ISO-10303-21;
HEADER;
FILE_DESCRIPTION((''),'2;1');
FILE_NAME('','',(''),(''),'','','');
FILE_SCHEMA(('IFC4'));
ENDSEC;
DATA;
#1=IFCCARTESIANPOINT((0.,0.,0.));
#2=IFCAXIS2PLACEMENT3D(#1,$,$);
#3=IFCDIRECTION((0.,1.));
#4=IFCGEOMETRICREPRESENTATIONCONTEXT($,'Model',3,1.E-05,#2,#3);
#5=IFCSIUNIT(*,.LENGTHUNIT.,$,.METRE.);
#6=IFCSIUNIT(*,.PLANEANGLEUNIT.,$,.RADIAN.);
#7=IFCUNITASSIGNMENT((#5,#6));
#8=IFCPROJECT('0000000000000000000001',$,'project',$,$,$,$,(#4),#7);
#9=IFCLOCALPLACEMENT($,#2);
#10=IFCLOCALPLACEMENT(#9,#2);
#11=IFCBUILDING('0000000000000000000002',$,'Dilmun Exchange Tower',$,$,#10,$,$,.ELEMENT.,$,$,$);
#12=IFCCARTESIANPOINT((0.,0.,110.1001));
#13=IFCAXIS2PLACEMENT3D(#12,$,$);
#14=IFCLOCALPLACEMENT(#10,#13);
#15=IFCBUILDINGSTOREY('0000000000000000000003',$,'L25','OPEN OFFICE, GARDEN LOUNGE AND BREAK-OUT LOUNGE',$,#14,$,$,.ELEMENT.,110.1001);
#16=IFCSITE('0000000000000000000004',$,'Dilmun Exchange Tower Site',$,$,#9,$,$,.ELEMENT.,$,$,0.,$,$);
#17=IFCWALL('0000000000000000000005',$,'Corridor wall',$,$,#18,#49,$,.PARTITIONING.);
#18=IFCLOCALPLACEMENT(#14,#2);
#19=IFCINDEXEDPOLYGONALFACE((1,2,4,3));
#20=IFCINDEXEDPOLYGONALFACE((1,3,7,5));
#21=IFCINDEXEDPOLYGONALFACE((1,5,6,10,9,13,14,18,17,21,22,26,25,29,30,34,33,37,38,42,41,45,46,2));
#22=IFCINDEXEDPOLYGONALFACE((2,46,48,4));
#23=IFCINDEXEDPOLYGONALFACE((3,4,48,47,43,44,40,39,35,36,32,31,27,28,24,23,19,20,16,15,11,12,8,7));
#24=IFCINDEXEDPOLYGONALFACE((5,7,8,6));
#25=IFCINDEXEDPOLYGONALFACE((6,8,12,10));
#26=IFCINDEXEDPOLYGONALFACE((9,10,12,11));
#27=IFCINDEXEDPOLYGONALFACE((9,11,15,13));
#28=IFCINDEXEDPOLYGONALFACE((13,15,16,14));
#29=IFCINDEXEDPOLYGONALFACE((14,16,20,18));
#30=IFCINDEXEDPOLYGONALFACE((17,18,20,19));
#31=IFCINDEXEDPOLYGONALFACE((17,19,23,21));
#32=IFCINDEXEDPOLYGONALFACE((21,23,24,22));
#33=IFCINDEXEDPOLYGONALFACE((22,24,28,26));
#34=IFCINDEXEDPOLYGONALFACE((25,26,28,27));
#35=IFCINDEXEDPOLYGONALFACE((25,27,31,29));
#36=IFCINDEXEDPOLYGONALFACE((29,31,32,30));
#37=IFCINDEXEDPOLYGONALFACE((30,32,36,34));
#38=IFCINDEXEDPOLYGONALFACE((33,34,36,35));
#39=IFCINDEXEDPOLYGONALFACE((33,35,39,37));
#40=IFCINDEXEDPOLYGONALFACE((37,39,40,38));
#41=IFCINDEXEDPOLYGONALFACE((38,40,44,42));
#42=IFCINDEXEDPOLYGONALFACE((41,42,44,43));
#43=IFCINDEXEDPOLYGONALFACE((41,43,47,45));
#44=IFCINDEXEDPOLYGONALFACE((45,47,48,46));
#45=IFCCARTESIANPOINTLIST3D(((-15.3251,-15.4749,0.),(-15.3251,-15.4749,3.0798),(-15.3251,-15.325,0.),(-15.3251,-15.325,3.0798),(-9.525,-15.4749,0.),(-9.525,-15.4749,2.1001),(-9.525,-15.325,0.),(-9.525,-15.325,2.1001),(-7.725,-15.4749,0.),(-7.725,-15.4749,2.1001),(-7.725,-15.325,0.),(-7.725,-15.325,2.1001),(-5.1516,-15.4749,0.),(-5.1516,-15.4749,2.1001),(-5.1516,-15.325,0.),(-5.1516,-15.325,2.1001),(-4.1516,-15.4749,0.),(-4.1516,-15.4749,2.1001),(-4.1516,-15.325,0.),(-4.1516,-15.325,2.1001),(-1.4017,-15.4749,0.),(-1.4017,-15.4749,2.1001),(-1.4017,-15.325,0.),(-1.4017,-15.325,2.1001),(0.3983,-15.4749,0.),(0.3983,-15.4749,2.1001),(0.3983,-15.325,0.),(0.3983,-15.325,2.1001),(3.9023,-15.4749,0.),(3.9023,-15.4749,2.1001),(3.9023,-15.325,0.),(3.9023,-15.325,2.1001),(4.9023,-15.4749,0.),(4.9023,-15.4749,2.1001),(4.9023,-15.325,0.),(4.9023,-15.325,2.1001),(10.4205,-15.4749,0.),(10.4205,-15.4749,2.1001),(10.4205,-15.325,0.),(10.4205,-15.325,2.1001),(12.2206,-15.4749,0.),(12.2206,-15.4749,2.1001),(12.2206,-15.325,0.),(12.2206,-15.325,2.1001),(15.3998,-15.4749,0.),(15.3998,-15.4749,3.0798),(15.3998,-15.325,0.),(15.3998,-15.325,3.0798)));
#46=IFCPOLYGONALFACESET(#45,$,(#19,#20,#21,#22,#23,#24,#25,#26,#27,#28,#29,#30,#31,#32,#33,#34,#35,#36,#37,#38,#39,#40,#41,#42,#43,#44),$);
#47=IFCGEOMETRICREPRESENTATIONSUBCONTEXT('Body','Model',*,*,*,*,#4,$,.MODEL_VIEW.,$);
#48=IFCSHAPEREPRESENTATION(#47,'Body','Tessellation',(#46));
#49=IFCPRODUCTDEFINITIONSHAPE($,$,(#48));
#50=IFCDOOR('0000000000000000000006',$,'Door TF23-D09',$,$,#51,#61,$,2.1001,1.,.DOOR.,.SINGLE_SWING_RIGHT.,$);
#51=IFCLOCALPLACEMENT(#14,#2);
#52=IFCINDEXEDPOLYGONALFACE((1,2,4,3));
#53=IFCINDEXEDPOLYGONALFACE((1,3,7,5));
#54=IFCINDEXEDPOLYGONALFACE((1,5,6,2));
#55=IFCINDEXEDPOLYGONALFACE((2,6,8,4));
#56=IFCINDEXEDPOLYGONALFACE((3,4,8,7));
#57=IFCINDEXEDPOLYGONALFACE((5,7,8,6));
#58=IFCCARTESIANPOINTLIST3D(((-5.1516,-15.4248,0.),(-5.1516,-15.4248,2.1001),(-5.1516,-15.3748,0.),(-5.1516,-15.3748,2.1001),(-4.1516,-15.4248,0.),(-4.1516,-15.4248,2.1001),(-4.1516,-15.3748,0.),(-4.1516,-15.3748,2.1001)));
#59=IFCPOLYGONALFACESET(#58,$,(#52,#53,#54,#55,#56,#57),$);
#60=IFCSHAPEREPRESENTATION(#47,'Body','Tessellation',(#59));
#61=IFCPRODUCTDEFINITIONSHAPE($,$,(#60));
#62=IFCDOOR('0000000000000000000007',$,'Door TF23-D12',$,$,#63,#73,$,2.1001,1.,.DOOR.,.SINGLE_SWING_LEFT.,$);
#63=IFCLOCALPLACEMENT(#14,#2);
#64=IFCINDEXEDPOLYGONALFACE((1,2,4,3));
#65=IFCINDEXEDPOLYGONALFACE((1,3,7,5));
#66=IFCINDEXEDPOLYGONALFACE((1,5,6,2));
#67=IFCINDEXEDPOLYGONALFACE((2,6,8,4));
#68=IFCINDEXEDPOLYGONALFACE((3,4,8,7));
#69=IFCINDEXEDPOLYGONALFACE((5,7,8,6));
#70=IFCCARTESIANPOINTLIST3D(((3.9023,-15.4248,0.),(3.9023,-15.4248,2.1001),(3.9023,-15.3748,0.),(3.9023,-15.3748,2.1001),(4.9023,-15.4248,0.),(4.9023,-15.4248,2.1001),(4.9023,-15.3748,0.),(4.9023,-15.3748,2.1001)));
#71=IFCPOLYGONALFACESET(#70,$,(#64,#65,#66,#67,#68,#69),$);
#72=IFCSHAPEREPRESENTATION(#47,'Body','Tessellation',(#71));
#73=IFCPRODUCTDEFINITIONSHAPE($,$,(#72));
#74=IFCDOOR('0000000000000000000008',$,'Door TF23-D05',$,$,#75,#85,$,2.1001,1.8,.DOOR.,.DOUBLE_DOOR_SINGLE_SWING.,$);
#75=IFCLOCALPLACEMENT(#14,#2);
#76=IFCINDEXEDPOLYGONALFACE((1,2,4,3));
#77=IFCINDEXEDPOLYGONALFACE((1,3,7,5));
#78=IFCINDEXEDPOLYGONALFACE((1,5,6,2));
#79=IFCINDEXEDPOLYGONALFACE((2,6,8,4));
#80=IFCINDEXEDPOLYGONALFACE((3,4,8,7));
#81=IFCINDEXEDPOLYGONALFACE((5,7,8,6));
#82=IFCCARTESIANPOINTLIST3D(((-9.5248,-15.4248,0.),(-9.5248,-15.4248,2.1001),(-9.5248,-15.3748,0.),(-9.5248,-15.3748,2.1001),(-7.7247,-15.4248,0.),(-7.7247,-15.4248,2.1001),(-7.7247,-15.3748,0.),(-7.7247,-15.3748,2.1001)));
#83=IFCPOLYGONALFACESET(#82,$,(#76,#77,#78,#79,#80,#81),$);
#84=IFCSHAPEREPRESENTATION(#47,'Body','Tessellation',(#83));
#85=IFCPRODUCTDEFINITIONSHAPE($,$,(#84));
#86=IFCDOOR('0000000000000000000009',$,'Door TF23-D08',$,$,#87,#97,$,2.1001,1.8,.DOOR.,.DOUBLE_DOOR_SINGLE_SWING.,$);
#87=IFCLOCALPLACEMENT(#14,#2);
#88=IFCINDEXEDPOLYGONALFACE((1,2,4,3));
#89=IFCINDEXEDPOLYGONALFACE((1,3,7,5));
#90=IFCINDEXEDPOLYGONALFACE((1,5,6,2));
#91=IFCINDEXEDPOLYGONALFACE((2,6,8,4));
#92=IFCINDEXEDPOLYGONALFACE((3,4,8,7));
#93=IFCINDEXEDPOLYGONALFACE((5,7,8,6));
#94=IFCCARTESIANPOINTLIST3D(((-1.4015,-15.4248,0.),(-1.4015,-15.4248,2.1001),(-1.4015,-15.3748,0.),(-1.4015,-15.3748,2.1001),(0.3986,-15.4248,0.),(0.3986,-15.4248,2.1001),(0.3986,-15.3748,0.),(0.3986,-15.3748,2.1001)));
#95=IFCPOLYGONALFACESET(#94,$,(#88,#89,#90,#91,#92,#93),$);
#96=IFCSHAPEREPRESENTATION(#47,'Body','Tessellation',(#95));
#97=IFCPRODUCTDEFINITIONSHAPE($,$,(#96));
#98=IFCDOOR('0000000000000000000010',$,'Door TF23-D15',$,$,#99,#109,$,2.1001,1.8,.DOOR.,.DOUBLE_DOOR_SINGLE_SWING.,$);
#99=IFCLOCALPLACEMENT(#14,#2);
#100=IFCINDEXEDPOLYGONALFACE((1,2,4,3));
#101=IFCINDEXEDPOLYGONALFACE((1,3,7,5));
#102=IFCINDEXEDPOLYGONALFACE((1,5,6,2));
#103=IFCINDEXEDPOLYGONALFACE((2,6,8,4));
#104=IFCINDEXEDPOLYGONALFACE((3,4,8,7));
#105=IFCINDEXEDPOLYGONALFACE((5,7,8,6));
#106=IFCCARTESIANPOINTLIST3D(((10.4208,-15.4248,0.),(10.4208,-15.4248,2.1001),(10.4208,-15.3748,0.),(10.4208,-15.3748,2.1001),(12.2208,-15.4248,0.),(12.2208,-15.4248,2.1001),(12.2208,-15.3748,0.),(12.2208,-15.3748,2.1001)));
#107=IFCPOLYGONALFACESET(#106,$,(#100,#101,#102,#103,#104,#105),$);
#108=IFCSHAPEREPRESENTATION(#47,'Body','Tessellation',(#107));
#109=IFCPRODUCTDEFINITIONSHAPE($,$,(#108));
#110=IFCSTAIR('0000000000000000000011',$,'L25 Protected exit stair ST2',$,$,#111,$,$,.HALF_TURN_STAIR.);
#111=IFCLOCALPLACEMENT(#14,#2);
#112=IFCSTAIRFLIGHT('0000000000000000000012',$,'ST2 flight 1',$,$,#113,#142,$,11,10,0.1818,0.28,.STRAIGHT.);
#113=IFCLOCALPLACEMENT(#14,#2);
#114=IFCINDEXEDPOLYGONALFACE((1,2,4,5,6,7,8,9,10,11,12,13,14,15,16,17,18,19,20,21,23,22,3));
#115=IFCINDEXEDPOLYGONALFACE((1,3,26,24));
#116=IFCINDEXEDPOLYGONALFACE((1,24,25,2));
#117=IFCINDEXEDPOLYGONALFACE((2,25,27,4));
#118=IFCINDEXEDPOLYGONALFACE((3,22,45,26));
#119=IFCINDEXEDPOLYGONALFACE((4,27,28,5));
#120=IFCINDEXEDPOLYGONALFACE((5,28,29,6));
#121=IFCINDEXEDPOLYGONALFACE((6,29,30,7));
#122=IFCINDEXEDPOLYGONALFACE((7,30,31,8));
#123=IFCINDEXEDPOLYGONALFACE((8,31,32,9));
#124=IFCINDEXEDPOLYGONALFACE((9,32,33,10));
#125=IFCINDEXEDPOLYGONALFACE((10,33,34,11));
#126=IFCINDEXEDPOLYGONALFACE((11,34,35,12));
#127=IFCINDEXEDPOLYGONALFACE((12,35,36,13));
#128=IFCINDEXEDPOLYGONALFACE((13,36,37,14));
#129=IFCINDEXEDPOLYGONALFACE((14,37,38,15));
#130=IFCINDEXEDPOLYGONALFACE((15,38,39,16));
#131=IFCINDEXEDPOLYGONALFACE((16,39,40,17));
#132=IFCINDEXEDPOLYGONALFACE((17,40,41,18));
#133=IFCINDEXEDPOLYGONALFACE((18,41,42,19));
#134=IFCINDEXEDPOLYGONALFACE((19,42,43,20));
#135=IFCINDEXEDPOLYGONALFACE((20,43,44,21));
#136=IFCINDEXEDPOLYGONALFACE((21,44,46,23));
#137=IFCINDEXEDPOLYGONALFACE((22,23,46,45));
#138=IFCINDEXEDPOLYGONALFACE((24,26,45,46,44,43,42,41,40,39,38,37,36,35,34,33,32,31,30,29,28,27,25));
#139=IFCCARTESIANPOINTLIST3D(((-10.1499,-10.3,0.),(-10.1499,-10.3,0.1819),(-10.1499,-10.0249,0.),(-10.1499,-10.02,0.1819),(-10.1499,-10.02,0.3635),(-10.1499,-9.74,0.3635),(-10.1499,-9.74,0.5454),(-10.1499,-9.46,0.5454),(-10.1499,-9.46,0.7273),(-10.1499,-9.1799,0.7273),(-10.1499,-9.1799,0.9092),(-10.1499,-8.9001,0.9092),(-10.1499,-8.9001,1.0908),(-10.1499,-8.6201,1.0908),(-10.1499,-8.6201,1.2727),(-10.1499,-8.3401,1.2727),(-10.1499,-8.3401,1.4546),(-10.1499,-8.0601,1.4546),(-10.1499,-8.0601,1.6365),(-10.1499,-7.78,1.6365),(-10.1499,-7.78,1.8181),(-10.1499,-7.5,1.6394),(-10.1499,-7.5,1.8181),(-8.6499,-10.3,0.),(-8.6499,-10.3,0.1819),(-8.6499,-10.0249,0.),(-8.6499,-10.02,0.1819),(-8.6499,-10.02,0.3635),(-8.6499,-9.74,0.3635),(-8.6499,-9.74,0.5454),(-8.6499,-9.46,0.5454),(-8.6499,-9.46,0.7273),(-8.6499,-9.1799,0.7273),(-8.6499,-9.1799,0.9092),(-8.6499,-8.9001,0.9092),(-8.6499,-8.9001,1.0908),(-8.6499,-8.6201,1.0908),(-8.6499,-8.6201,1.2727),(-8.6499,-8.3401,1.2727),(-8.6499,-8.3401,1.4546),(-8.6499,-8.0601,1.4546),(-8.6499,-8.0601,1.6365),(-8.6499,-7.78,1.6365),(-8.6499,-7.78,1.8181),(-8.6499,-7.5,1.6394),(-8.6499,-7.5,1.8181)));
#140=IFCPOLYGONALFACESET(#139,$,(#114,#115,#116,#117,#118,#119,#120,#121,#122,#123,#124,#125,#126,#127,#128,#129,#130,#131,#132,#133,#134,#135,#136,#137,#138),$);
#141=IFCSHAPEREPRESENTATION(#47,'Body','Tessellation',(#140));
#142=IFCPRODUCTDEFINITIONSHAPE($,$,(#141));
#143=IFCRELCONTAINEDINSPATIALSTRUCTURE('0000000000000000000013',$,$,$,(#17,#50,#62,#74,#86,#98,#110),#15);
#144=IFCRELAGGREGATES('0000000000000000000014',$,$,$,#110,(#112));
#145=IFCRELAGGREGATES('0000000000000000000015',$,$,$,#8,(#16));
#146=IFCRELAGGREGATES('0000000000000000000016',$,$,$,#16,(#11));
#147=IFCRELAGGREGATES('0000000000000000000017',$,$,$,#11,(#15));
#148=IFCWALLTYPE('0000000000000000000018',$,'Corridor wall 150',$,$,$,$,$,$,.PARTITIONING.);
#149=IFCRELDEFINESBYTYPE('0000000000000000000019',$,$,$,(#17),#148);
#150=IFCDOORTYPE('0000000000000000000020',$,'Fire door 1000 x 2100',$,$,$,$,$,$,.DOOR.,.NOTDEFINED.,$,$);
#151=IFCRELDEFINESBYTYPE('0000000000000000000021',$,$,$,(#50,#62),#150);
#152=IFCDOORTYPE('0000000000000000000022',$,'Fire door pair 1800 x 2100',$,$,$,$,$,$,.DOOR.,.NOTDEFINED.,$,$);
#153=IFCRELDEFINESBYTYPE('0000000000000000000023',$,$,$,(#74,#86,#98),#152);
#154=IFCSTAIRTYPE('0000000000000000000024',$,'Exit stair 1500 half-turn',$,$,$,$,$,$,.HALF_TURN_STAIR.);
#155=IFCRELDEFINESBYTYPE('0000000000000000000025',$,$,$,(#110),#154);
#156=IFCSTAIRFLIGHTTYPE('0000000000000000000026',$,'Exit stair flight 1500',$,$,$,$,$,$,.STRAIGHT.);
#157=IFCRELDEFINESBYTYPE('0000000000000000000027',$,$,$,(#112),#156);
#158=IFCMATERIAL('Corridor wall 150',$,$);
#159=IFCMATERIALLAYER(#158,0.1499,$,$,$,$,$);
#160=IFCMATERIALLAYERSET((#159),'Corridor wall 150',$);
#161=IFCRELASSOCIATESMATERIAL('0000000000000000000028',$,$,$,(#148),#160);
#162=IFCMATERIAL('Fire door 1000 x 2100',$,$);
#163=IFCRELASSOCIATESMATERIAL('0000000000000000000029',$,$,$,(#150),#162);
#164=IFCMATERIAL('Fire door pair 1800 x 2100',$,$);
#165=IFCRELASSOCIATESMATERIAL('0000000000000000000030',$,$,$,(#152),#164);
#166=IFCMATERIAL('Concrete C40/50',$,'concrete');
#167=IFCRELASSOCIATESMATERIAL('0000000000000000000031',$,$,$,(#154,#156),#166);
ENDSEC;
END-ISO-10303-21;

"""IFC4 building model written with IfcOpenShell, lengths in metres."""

from ifc_helpers import new_model, si_unit, direction, frame, frame_2d, origin, place, context, subcontext, project, spatial, polyline, rectangle, outline, extrude, material, layer, layer_set, type_object, element, fill, aggregate, save


model = new_model("IFC4")

# Units and contexts
model_context = context("Model", 3, precision=1e-05, world=origin(), true_north=direction((0.0, 1.0)))
body_context = subcontext(model_context, "Body", "Model", "MODEL_VIEW")
ifc_project = project(units=[si_unit("LENGTHUNIT", "METRE"), si_unit("PLANEANGLEUNIT", "RADIAN")], contexts=[model_context])

# Site, building, storey
site_placement = place(None, origin())
site = spatial("IfcSite", under=ifc_project, at=site_placement, Name="Dilmun Exchange Tower Site", CompositionType="ELEMENT", RefElevation=0.0)
building_placement = place(site_placement, origin())
building = spatial("IfcBuilding", under=site, at=building_placement, Name="Dilmun Exchange Tower", CompositionType="ELEMENT")
storey_placement = place(building_placement, frame((0.0, 0.0, 110.1001)))
storey = spatial("IfcBuildingStorey", under=building, at=storey_placement, Name="L25", Description="OPEN OFFICE, GARDEN LOUNGE AND BREAK-OUT LOUNGE", CompositionType="ELEMENT", Elevation=110.1001)

# Shared definitions
ifc_material_1 = material(Name="Concrete C40/50", Category="concrete")

# Wall, openings, doors
ifc_material_2 = material(Name="Corridor wall 150")
ifc_layer_1 = layer(ifc_material_2, 0.1499)
ifc_layer_set_1 = layer_set([ifc_layer_1], Name="Corridor wall 150")
wall_type_1 = type_object("IfcWallType", Name="Corridor wall 150", PredefinedType="PARTITIONING", material=ifc_layer_set_1)
wall_1_placement = place(storey_placement, frame((-15.325, -15.3999, 0.0), z_axis=(0.0, 0.0, 1.0), x_axis=(1.0, 0.0, 0.0)))
wall_1 = element("IfcWall", 1, at=wall_1_placement, inside=storey, type_object=wall_type_1, Name="Corridor wall", PredefinedType="PARTITIONING", context=body_context, shape_type="SweptSolid", body=[
    extrude(rectangle(XDim=30.7249, YDim=0.1499, at=frame_2d((15.3623, 0.0))), origin(), (0.0, 0.0, 1.0), 3.0798),
])
opening_1_placement = place(wall_1_placement, frame((5.8, 0.0, 0.0)))
opening_1 = element("IfcOpeningElement", 2, at=opening_1_placement, cuts=wall_1, PredefinedType="OPENING", context=body_context, shape_type="SweptSolid", body=[
    extrude(rectangle(XDim=1.8, YDim=2.1001, at=frame_2d((0.8999, 1.05))), frame((0.0, 0.085, 0.0), z_axis=(0.0, -1.0, 0.0), x_axis=(1.0, 0.0, 0.0)), (0.0, 0.0, 1.0), 0.1699),
])
opening_2_placement = place(wall_1_placement, frame((13.9233, 0.0, 0.0)))
opening_2 = element("IfcOpeningElement", 3, at=opening_2_placement, cuts=wall_1, PredefinedType="OPENING", context=body_context, shape_type="SweptSolid", body=[
    extrude(rectangle(XDim=1.8, YDim=2.1001, at=frame_2d((0.8999, 1.05))), frame((0.0, 0.085, 0.0), z_axis=(0.0, -1.0, 0.0), x_axis=(1.0, 0.0, 0.0)), (0.0, 0.0, 1.0), 0.1699),
])
opening_3_placement = place(wall_1_placement, frame((10.1733, 0.0, 0.0)))
opening_3 = element("IfcOpeningElement", 4, at=opening_3_placement, cuts=wall_1, PredefinedType="OPENING", context=body_context, shape_type="SweptSolid", body=[
    extrude(rectangle(XDim=1.0, YDim=2.1001, at=frame_2d((0.5, 1.05))), frame((0.0, 0.085, 0.0), z_axis=(0.0, -1.0, 0.0), x_axis=(1.0, 0.0, 0.0)), (0.0, 0.0, 1.0), 0.1699),
])
opening_4_placement = place(wall_1_placement, frame((19.2273, 0.0, 0.0)))
opening_4 = element("IfcOpeningElement", 5, at=opening_4_placement, cuts=wall_1, PredefinedType="OPENING", context=body_context, shape_type="SweptSolid", body=[
    extrude(rectangle(XDim=1.0, YDim=2.1001, at=frame_2d((0.5, 1.05))), frame((0.0, 0.085, 0.0), z_axis=(0.0, -1.0, 0.0), x_axis=(1.0, 0.0, 0.0)), (0.0, 0.0, 1.0), 0.1699),
])
opening_5_placement = place(wall_1_placement, frame((25.7456, 0.0, 0.0)))
opening_5 = element("IfcOpeningElement", 6, at=opening_5_placement, cuts=wall_1, PredefinedType="OPENING", context=body_context, shape_type="SweptSolid", body=[
    extrude(rectangle(XDim=1.8, YDim=2.1001, at=frame_2d((0.8999, 1.05))), frame((0.0, 0.085, 0.0), z_axis=(0.0, -1.0, 0.0), x_axis=(1.0, 0.0, 0.0)), (0.0, 0.0, 1.0), 0.1699),
])
ifc_material_3 = material(Name="Fire door 1000 x 2100")
door_type_1 = type_object("IfcDoorType", Name="Fire door 1000 x 2100", OperationType="NOTDEFINED", PredefinedType="DOOR", material=ifc_material_3)
door_1_placement = place(opening_3_placement, frame((1.0, 0.0, 0.0), z_axis=(0.0, 0.0, 1.0), x_axis=(-1.0, 0.0, 0.0)))
door_1 = element("IfcDoor", 7, at=door_1_placement, inside=storey, type_object=door_type_1, Name="Door TF23-D09", OperationType="SINGLE_SWING_RIGHT", OverallHeight=2.1001, OverallWidth=1.0, PredefinedType="DOOR", context=body_context, shape_type="SweptSolid", body=[
    extrude(rectangle(XDim=1.0, YDim=2.1001, at=frame_2d((0.5, 1.05))), frame((0.0, 0.0249, 0.0), z_axis=(0.0, -1.0, 0.0), x_axis=(1.0, 0.0, 0.0)), (0.0, 0.0, 1.0), 0.05),
])
fill(opening_3, door_1)
door_2_placement = place(opening_4_placement, frame((1.0, 0.0, 0.0), z_axis=(0.0, 0.0, 1.0), x_axis=(-1.0, 0.0, 0.0)))
door_2 = element("IfcDoor", 8, at=door_2_placement, inside=storey, type_object=door_type_1, Name="Door TF23-D12", OperationType="SINGLE_SWING_LEFT", OverallHeight=2.1001, OverallWidth=1.0, PredefinedType="DOOR", context=body_context, shape_type="SweptSolid", body=[
    extrude(rectangle(XDim=1.0, YDim=2.1001, at=frame_2d((0.5, 1.05))), frame((0.0, 0.0249, 0.0), z_axis=(0.0, -1.0, 0.0), x_axis=(1.0, 0.0, 0.0)), (0.0, 0.0, 1.0), 0.05),
])
fill(opening_4, door_2)
ifc_material_4 = material(Name="Fire door pair 1800 x 2100")
door_type_2 = type_object("IfcDoorType", Name="Fire door pair 1800 x 2100", OperationType="NOTDEFINED", PredefinedType="DOOR", material=ifc_material_4)
door_3_placement = place(opening_1_placement, frame((1.8, 0.0, 0.0), z_axis=(0.0, 0.0, 1.0), x_axis=(-1.0, 0.0, 0.0)))
door_3 = element("IfcDoor", 9, at=door_3_placement, inside=storey, type_object=door_type_2, Name="Door TF23-D05", OperationType="DOUBLE_DOOR_SINGLE_SWING", OverallHeight=2.1001, OverallWidth=1.8, PredefinedType="DOOR", context=body_context, shape_type="SweptSolid", body=[
    extrude(rectangle(XDim=1.8, YDim=2.1001, at=frame_2d((0.8999, 1.05))), frame((0.0, 0.0249, 0.0), z_axis=(0.0, -1.0, 0.0), x_axis=(1.0, 0.0, 0.0)), (0.0, 0.0, 1.0), 0.05),
])
fill(opening_1, door_3)
door_4_placement = place(opening_2_placement, frame((1.8, 0.0, 0.0), z_axis=(0.0, 0.0, 1.0), x_axis=(-1.0, 0.0, 0.0)))
door_4 = element("IfcDoor", 10, at=door_4_placement, inside=storey, type_object=door_type_2, Name="Door TF23-D08", OperationType="DOUBLE_DOOR_SINGLE_SWING", OverallHeight=2.1001, OverallWidth=1.8, PredefinedType="DOOR", context=body_context, shape_type="SweptSolid", body=[
    extrude(rectangle(XDim=1.8, YDim=2.1001, at=frame_2d((0.8999, 1.05))), frame((0.0, 0.0249, 0.0), z_axis=(0.0, -1.0, 0.0), x_axis=(1.0, 0.0, 0.0)), (0.0, 0.0, 1.0), 0.05),
])
fill(opening_2, door_4)
door_5_placement = place(opening_5_placement, frame((1.8, 0.0, 0.0), z_axis=(0.0, 0.0, 1.0), x_axis=(-1.0, 0.0, 0.0)))
door_5 = element("IfcDoor", 11, at=door_5_placement, inside=storey, type_object=door_type_2, Name="Door TF23-D15", OperationType="DOUBLE_DOOR_SINGLE_SWING", OverallHeight=2.1001, OverallWidth=1.8, PredefinedType="DOOR", context=body_context, shape_type="SweptSolid", body=[
    extrude(rectangle(XDim=1.8, YDim=2.1001, at=frame_2d((0.8999, 1.05))), frame((0.0, 0.0249, 0.0), z_axis=(0.0, -1.0, 0.0), x_axis=(1.0, 0.0, 0.0)), (0.0, 0.0, 1.0), 0.05),
])
fill(opening_5, door_5)

# Stair, stair flight
stair_type = type_object("IfcStairType", Name="Exit stair 1500 half-turn", PredefinedType="HALF_TURN_STAIR", material=ifc_material_1)
stair_placement = place(storey_placement, origin())
stair = element("IfcStair", 12, at=stair_placement, inside=storey, type_object=stair_type, Name="L25 Protected exit stair ST2", PredefinedType="HALF_TURN_STAIR")
stair_flight_type = type_object("IfcStairFlightType", Name="Exit stair flight 1500", PredefinedType="STRAIGHT", material=ifc_material_1)
stair_flight_placement = place(storey_placement, frame((-9.3999, -10.3, 0.0), z_axis=(0.0, 0.0, 1.0), x_axis=(0.0, 1.0, 0.0)))
stair_flight = element("IfcStairFlight", 13, at=stair_flight_placement, type_object=stair_flight_type, Name="ST2 flight 1", NumberOfRisers=11, NumberOfTreads=10, PredefinedType="STRAIGHT", RiserHeight=0.1818, TreadLength=0.28, context=body_context, shape_type="SweptSolid", body=[
    extrude(outline(polyline([(0.0, 0.0), (0.0, 0.1819), (0.28, 0.1819), (0.28, 0.3635), (0.5601, 0.3635), (0.5601, 0.5454), (0.8401, 0.5454), (0.8401, 0.7273), (1.1201, 0.7273), (1.1201, 0.9092), (1.3999, 0.9092), (1.3999, 1.0908), (1.6799, 1.0908), (1.6799, 1.2727), (1.96, 1.2727), (1.96, 1.4546), (2.24, 1.4546), (2.24, 1.6365), (2.52, 1.6365), (2.52, 1.8181), (2.8, 1.8181), (2.8, 2.0), (2.8, 1.6394), (0.2751, 0.0), (0.0, 0.0)])), frame((0.0, 0.75, 0.0), z_axis=(0.0, -1.0, 0.0), x_axis=(1.0, 0.0, 0.0)), (0.0, 0.0, 1.0), 1.5),
])
aggregate(stair, [stair_flight])

save(model, "model.ifc")
